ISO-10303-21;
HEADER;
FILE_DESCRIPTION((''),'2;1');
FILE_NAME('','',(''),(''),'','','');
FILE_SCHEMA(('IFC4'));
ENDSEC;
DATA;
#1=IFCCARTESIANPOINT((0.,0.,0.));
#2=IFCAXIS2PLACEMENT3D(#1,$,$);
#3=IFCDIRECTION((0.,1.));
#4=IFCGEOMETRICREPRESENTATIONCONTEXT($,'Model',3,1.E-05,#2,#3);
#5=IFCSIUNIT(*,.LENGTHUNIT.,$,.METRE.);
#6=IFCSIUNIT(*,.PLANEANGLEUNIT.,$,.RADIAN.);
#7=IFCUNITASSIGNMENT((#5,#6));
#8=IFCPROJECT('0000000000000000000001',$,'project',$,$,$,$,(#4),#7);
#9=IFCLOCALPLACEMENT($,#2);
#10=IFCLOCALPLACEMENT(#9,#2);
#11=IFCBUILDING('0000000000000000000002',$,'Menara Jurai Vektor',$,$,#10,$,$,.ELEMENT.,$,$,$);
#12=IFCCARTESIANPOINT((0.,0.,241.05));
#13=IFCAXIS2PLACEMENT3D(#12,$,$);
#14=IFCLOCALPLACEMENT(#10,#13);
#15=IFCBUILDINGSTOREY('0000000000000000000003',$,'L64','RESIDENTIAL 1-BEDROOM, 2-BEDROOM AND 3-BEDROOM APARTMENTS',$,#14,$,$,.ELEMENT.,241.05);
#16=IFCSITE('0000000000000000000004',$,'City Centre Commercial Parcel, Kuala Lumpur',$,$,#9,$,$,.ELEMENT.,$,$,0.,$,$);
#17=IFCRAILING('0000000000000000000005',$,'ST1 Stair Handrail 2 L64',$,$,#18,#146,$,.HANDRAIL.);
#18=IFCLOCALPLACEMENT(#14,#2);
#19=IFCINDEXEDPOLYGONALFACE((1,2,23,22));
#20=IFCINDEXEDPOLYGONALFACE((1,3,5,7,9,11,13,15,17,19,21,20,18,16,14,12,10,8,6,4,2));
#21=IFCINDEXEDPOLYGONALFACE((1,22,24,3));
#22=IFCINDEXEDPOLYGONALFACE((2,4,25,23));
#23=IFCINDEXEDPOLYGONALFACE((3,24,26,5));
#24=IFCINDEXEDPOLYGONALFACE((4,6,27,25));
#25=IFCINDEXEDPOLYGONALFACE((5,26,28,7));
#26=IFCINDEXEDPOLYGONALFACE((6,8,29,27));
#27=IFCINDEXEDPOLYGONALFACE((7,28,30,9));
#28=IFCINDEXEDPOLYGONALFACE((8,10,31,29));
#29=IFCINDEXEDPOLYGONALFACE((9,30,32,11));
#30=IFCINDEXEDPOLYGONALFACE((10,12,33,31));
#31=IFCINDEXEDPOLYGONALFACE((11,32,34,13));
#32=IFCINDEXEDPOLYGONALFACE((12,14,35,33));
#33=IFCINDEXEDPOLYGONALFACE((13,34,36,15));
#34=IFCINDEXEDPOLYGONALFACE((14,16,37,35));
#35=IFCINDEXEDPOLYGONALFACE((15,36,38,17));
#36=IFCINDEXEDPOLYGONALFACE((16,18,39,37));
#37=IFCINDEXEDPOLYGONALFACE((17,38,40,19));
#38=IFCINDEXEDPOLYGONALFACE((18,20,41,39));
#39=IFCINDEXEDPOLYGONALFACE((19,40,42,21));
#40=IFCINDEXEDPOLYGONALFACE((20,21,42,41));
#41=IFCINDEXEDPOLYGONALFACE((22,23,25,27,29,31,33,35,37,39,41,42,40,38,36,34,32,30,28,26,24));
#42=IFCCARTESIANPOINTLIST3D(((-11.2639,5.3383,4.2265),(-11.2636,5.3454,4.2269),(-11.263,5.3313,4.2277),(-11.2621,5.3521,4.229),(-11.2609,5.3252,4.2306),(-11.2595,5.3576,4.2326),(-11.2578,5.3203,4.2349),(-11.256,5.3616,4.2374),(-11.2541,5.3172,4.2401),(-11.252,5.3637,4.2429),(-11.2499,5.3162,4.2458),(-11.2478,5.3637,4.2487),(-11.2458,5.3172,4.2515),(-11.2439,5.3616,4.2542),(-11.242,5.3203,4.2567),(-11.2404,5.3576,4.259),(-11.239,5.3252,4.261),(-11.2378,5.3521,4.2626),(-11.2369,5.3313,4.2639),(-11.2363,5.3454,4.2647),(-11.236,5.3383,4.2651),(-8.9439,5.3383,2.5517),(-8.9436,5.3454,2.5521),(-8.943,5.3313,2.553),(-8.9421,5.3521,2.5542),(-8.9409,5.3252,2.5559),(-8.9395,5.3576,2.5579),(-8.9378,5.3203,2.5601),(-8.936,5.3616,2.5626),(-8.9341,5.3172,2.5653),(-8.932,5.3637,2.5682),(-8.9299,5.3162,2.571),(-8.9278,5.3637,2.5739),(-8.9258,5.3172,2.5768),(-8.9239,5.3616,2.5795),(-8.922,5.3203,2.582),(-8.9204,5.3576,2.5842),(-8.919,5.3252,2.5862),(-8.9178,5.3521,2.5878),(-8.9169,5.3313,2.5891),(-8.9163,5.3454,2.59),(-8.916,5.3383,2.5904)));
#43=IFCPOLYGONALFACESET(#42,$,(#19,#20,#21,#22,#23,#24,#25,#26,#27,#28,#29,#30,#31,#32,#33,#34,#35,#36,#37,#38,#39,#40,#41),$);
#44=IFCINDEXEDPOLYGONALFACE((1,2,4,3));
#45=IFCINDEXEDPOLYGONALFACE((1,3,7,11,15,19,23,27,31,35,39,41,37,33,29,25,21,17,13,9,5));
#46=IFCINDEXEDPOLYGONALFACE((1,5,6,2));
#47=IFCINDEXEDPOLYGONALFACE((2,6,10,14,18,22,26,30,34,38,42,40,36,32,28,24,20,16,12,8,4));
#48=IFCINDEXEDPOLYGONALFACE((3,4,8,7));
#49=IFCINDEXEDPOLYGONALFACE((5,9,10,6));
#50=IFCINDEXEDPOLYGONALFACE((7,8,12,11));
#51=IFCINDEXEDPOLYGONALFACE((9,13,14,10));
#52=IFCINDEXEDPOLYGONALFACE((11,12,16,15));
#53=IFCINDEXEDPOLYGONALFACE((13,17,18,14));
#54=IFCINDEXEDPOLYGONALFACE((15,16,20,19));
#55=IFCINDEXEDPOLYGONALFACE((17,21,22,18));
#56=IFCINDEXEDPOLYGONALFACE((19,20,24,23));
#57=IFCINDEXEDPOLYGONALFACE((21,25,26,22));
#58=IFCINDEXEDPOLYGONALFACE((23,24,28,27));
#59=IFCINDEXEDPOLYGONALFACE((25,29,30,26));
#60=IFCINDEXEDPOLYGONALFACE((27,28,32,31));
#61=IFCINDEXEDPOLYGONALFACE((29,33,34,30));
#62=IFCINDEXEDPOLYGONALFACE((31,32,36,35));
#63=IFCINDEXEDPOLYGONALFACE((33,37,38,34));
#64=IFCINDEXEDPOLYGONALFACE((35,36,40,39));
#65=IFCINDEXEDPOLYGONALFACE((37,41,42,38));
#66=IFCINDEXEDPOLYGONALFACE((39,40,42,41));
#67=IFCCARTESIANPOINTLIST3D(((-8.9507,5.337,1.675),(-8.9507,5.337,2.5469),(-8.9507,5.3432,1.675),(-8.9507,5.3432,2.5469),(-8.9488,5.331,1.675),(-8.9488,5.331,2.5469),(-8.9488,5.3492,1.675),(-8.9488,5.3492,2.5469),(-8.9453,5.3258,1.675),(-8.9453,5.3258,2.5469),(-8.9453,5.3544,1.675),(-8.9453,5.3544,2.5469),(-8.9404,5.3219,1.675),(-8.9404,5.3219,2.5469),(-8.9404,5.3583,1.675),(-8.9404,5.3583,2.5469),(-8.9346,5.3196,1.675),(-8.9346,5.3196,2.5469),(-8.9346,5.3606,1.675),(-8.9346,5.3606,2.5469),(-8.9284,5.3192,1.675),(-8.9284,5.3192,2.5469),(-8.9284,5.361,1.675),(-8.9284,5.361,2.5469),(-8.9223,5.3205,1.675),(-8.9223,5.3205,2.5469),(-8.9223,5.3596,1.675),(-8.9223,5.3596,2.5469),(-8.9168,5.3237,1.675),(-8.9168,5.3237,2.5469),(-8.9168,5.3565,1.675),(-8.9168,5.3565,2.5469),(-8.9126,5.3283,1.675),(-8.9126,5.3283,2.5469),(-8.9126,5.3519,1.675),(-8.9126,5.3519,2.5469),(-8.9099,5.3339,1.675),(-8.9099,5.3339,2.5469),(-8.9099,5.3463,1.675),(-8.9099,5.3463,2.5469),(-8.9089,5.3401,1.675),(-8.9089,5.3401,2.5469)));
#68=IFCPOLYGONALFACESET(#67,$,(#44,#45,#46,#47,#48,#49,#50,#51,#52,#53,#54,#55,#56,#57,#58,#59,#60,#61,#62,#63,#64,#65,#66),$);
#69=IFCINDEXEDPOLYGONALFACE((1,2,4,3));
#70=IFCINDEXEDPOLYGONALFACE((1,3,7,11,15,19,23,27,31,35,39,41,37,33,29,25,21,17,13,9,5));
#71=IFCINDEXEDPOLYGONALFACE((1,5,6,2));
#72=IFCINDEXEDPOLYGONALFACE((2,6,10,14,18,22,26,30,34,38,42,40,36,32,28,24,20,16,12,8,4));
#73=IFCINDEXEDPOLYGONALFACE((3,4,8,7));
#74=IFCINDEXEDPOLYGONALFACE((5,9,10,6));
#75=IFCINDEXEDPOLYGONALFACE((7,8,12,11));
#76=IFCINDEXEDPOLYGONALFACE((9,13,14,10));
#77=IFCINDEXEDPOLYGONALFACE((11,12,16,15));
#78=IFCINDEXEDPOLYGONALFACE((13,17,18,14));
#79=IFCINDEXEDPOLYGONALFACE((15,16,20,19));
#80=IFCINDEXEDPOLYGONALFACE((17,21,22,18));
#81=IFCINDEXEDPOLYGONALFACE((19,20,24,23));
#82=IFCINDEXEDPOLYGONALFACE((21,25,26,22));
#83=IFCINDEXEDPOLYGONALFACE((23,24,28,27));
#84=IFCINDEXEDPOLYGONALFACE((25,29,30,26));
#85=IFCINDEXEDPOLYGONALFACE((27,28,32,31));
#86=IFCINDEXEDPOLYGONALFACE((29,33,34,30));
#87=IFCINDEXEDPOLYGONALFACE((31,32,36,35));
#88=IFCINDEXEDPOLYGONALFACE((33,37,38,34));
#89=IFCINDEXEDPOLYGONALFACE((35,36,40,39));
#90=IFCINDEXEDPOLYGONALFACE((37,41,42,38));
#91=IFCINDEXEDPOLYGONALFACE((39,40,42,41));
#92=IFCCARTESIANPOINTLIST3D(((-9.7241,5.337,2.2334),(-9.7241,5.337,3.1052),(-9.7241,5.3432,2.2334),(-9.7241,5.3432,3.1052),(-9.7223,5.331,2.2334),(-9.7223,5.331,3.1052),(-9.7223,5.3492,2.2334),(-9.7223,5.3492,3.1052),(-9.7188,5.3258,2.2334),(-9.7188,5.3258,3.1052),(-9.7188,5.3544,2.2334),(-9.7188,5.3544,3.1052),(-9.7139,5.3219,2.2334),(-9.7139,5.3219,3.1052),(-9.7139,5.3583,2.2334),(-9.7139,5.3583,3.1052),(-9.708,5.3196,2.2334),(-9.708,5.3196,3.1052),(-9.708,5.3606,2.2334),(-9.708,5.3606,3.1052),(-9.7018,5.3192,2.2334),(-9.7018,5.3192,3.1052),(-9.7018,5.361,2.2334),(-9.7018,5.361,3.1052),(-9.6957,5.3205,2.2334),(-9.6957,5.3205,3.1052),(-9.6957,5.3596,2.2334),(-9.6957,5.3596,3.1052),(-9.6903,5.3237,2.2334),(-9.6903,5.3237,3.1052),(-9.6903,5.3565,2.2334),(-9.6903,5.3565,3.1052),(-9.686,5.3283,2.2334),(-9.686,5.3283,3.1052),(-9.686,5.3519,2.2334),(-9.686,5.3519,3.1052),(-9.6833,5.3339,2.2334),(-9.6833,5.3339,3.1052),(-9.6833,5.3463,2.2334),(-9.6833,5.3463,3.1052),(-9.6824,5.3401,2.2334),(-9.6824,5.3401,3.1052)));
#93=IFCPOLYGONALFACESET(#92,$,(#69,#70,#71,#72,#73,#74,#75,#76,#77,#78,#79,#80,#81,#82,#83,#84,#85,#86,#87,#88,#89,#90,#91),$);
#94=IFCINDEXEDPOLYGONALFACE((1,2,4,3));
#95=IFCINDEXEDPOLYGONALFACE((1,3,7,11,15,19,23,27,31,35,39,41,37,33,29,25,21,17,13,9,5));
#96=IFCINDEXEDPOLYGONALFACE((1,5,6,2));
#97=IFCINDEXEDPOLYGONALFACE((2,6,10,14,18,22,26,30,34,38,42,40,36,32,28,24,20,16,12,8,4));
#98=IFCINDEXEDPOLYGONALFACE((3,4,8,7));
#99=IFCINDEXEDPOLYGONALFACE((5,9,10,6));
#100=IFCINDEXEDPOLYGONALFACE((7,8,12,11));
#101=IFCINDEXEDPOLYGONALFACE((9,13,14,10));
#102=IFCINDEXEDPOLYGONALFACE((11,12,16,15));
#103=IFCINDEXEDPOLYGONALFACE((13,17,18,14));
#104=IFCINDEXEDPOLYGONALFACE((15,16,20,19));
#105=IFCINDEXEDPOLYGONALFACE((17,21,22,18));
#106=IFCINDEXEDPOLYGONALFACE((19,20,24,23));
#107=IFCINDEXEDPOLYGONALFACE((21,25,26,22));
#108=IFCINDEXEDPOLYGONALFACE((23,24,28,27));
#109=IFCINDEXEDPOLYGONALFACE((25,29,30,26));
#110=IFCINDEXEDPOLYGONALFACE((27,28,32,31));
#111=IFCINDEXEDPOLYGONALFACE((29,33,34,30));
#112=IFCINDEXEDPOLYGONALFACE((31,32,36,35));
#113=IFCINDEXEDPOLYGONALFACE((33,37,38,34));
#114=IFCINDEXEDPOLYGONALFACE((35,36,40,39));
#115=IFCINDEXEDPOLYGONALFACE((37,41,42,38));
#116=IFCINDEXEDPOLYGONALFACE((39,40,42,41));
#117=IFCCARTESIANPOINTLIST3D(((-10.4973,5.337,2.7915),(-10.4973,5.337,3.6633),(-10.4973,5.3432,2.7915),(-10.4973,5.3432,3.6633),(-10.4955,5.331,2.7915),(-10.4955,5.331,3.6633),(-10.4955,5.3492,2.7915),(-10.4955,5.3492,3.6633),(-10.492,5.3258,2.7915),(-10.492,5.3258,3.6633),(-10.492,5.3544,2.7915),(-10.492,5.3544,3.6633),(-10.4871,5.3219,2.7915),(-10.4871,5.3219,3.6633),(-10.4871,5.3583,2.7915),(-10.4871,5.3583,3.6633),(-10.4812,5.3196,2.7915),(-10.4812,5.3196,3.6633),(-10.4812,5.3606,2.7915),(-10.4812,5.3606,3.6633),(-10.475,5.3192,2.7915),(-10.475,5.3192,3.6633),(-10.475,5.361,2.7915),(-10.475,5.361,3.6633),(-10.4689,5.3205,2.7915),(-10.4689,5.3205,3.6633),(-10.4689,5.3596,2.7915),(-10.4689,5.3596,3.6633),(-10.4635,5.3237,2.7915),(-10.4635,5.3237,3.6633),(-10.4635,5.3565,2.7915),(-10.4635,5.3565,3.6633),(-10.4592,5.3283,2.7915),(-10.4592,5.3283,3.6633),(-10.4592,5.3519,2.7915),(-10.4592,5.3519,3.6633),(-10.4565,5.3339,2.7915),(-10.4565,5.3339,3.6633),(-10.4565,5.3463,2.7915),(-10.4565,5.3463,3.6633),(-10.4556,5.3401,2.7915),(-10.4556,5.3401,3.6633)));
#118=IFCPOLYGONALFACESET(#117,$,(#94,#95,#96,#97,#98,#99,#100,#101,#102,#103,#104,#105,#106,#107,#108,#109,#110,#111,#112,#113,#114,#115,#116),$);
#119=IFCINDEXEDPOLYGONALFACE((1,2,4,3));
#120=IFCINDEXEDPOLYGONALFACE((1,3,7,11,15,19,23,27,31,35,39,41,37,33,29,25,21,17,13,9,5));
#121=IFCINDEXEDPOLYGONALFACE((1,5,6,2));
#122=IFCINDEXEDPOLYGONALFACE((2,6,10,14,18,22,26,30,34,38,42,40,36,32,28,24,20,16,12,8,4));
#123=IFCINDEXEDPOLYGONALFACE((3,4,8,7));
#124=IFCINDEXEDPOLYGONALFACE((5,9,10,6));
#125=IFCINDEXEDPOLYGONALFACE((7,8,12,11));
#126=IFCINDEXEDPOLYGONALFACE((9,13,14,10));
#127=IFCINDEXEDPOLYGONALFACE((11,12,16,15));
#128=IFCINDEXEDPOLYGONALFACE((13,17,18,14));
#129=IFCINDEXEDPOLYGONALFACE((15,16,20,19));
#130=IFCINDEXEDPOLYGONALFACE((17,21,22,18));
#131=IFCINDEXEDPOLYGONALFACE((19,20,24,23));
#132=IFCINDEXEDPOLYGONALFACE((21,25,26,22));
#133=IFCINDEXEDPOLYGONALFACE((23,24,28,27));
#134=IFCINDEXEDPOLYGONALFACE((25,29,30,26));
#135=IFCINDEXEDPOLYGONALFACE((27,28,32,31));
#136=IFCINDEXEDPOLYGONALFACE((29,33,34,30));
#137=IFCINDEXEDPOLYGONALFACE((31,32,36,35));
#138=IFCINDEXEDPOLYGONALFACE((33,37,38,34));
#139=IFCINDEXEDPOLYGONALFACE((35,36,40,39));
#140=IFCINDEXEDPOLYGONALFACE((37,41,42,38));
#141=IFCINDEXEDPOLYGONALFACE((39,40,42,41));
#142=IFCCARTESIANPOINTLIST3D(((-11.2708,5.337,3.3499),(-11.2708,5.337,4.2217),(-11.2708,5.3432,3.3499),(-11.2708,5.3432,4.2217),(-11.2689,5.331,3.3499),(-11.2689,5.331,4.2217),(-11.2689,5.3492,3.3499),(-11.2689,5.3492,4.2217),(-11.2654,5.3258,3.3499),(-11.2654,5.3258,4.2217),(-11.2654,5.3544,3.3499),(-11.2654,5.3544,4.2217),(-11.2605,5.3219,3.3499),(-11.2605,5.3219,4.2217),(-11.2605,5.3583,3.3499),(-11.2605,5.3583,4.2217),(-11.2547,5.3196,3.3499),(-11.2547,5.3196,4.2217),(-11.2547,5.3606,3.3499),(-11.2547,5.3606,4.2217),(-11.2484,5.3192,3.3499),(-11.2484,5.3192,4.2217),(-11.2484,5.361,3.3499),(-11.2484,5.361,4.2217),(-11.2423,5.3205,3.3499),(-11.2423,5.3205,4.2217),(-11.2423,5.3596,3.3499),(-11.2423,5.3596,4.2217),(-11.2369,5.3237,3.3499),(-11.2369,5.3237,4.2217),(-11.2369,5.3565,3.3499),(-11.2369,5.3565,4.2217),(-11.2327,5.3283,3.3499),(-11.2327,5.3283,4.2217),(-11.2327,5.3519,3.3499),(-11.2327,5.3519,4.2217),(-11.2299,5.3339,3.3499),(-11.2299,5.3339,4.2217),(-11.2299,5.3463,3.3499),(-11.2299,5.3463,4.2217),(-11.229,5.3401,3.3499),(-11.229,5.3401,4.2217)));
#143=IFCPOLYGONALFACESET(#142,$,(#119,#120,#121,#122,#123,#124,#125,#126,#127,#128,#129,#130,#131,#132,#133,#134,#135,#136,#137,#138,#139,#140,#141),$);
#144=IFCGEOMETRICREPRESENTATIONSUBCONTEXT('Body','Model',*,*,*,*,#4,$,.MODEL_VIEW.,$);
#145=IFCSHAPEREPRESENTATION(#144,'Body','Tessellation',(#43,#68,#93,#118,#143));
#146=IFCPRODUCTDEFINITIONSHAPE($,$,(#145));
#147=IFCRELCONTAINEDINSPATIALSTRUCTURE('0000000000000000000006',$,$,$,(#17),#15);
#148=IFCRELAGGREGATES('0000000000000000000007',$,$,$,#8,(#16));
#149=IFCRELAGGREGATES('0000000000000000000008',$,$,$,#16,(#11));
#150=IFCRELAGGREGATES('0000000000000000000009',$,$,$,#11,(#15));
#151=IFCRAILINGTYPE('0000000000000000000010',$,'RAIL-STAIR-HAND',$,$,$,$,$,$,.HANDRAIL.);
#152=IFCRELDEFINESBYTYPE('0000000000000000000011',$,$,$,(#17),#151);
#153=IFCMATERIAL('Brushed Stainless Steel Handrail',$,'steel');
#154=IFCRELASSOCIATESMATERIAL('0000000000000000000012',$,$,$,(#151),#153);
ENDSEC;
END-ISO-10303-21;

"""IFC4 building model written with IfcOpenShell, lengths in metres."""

from ifc_helpers import new_model, si_unit, direction, frame, origin, origin_2d, place, context, subcontext, project, spatial, circle, extrude, material, type_object, element, save


model = new_model("IFC4")

# Units and contexts
model_context = context("Model", 3, precision=1e-05, world=origin(), true_north=direction((0.0, 1.0)))
body_context = subcontext(model_context, "Body", "Model", "MODEL_VIEW")
ifc_project = project(units=[si_unit("LENGTHUNIT", "METRE"), si_unit("PLANEANGLEUNIT", "RADIAN")], contexts=[model_context])

# Site, building, storey
site_placement = place(None, origin())
site = spatial("IfcSite", under=ifc_project, at=site_placement, Name="City Centre Commercial Parcel, Kuala Lumpur", CompositionType="ELEMENT", RefElevation=0.0)
building_placement = place(site_placement, origin())
building = spatial("IfcBuilding", under=site, at=building_placement, Name="Menara Jurai Vektor", CompositionType="ELEMENT")
storey_placement = place(building_placement, frame((0.0, 0.0, 241.05)))
storey = spatial("IfcBuildingStorey", under=building, at=storey_placement, Name="L64", Description="RESIDENTIAL 1-BEDROOM, 2-BEDROOM AND 3-BEDROOM APARTMENTS", CompositionType="ELEMENT", Elevation=241.05)

# Railing
ifc_material_1 = material(Name="Brushed Stainless Steel Handrail", Category="steel")
railing_type = type_object("IfcRailingType", Name="RAIL-STAIR-HAND", PredefinedType="HANDRAIL", material=ifc_material_1)
railing_placement = place(storey_placement, frame((-8.9299, 5.3401, 1.675)))
element("IfcRailing", 1, at=railing_placement, inside=storey, type_object=railing_type, Name="ST1 Stair Handrail 2 L64", PredefinedType="HANDRAIL", context=body_context, shape_type="SweptSolid", body=[
    extrude(circle(Radius=0.0239, at=origin_2d()), frame((0.0, 0.0, 0.896), z_axis=(-0.810812, 0.0, 0.585307), x_axis=(0.0, -1.0, 0.0)), (0.0, 0.0, 1.0), 2.8613),
    extrude(circle(Radius=0.021, at=origin_2d()), origin(), (0.0, 0.0, 1.0), 0.8718),
    extrude(circle(Radius=0.021, at=origin_2d()), frame((-0.7734, 0.0, 0.5583)), (0.0, 0.0, 1.0), 0.8718),
    extrude(circle(Radius=0.021, at=origin_2d()), frame((-1.5466, 0.0, 1.1165)), (0.0, 0.0, 1.0), 0.8718),
    extrude(circle(Radius=0.021, at=origin_2d()), frame((-2.3201, 0.0, 1.6748)), (0.0, 0.0, 1.0), 0.8718),
])

save(model, "model.ifc")
